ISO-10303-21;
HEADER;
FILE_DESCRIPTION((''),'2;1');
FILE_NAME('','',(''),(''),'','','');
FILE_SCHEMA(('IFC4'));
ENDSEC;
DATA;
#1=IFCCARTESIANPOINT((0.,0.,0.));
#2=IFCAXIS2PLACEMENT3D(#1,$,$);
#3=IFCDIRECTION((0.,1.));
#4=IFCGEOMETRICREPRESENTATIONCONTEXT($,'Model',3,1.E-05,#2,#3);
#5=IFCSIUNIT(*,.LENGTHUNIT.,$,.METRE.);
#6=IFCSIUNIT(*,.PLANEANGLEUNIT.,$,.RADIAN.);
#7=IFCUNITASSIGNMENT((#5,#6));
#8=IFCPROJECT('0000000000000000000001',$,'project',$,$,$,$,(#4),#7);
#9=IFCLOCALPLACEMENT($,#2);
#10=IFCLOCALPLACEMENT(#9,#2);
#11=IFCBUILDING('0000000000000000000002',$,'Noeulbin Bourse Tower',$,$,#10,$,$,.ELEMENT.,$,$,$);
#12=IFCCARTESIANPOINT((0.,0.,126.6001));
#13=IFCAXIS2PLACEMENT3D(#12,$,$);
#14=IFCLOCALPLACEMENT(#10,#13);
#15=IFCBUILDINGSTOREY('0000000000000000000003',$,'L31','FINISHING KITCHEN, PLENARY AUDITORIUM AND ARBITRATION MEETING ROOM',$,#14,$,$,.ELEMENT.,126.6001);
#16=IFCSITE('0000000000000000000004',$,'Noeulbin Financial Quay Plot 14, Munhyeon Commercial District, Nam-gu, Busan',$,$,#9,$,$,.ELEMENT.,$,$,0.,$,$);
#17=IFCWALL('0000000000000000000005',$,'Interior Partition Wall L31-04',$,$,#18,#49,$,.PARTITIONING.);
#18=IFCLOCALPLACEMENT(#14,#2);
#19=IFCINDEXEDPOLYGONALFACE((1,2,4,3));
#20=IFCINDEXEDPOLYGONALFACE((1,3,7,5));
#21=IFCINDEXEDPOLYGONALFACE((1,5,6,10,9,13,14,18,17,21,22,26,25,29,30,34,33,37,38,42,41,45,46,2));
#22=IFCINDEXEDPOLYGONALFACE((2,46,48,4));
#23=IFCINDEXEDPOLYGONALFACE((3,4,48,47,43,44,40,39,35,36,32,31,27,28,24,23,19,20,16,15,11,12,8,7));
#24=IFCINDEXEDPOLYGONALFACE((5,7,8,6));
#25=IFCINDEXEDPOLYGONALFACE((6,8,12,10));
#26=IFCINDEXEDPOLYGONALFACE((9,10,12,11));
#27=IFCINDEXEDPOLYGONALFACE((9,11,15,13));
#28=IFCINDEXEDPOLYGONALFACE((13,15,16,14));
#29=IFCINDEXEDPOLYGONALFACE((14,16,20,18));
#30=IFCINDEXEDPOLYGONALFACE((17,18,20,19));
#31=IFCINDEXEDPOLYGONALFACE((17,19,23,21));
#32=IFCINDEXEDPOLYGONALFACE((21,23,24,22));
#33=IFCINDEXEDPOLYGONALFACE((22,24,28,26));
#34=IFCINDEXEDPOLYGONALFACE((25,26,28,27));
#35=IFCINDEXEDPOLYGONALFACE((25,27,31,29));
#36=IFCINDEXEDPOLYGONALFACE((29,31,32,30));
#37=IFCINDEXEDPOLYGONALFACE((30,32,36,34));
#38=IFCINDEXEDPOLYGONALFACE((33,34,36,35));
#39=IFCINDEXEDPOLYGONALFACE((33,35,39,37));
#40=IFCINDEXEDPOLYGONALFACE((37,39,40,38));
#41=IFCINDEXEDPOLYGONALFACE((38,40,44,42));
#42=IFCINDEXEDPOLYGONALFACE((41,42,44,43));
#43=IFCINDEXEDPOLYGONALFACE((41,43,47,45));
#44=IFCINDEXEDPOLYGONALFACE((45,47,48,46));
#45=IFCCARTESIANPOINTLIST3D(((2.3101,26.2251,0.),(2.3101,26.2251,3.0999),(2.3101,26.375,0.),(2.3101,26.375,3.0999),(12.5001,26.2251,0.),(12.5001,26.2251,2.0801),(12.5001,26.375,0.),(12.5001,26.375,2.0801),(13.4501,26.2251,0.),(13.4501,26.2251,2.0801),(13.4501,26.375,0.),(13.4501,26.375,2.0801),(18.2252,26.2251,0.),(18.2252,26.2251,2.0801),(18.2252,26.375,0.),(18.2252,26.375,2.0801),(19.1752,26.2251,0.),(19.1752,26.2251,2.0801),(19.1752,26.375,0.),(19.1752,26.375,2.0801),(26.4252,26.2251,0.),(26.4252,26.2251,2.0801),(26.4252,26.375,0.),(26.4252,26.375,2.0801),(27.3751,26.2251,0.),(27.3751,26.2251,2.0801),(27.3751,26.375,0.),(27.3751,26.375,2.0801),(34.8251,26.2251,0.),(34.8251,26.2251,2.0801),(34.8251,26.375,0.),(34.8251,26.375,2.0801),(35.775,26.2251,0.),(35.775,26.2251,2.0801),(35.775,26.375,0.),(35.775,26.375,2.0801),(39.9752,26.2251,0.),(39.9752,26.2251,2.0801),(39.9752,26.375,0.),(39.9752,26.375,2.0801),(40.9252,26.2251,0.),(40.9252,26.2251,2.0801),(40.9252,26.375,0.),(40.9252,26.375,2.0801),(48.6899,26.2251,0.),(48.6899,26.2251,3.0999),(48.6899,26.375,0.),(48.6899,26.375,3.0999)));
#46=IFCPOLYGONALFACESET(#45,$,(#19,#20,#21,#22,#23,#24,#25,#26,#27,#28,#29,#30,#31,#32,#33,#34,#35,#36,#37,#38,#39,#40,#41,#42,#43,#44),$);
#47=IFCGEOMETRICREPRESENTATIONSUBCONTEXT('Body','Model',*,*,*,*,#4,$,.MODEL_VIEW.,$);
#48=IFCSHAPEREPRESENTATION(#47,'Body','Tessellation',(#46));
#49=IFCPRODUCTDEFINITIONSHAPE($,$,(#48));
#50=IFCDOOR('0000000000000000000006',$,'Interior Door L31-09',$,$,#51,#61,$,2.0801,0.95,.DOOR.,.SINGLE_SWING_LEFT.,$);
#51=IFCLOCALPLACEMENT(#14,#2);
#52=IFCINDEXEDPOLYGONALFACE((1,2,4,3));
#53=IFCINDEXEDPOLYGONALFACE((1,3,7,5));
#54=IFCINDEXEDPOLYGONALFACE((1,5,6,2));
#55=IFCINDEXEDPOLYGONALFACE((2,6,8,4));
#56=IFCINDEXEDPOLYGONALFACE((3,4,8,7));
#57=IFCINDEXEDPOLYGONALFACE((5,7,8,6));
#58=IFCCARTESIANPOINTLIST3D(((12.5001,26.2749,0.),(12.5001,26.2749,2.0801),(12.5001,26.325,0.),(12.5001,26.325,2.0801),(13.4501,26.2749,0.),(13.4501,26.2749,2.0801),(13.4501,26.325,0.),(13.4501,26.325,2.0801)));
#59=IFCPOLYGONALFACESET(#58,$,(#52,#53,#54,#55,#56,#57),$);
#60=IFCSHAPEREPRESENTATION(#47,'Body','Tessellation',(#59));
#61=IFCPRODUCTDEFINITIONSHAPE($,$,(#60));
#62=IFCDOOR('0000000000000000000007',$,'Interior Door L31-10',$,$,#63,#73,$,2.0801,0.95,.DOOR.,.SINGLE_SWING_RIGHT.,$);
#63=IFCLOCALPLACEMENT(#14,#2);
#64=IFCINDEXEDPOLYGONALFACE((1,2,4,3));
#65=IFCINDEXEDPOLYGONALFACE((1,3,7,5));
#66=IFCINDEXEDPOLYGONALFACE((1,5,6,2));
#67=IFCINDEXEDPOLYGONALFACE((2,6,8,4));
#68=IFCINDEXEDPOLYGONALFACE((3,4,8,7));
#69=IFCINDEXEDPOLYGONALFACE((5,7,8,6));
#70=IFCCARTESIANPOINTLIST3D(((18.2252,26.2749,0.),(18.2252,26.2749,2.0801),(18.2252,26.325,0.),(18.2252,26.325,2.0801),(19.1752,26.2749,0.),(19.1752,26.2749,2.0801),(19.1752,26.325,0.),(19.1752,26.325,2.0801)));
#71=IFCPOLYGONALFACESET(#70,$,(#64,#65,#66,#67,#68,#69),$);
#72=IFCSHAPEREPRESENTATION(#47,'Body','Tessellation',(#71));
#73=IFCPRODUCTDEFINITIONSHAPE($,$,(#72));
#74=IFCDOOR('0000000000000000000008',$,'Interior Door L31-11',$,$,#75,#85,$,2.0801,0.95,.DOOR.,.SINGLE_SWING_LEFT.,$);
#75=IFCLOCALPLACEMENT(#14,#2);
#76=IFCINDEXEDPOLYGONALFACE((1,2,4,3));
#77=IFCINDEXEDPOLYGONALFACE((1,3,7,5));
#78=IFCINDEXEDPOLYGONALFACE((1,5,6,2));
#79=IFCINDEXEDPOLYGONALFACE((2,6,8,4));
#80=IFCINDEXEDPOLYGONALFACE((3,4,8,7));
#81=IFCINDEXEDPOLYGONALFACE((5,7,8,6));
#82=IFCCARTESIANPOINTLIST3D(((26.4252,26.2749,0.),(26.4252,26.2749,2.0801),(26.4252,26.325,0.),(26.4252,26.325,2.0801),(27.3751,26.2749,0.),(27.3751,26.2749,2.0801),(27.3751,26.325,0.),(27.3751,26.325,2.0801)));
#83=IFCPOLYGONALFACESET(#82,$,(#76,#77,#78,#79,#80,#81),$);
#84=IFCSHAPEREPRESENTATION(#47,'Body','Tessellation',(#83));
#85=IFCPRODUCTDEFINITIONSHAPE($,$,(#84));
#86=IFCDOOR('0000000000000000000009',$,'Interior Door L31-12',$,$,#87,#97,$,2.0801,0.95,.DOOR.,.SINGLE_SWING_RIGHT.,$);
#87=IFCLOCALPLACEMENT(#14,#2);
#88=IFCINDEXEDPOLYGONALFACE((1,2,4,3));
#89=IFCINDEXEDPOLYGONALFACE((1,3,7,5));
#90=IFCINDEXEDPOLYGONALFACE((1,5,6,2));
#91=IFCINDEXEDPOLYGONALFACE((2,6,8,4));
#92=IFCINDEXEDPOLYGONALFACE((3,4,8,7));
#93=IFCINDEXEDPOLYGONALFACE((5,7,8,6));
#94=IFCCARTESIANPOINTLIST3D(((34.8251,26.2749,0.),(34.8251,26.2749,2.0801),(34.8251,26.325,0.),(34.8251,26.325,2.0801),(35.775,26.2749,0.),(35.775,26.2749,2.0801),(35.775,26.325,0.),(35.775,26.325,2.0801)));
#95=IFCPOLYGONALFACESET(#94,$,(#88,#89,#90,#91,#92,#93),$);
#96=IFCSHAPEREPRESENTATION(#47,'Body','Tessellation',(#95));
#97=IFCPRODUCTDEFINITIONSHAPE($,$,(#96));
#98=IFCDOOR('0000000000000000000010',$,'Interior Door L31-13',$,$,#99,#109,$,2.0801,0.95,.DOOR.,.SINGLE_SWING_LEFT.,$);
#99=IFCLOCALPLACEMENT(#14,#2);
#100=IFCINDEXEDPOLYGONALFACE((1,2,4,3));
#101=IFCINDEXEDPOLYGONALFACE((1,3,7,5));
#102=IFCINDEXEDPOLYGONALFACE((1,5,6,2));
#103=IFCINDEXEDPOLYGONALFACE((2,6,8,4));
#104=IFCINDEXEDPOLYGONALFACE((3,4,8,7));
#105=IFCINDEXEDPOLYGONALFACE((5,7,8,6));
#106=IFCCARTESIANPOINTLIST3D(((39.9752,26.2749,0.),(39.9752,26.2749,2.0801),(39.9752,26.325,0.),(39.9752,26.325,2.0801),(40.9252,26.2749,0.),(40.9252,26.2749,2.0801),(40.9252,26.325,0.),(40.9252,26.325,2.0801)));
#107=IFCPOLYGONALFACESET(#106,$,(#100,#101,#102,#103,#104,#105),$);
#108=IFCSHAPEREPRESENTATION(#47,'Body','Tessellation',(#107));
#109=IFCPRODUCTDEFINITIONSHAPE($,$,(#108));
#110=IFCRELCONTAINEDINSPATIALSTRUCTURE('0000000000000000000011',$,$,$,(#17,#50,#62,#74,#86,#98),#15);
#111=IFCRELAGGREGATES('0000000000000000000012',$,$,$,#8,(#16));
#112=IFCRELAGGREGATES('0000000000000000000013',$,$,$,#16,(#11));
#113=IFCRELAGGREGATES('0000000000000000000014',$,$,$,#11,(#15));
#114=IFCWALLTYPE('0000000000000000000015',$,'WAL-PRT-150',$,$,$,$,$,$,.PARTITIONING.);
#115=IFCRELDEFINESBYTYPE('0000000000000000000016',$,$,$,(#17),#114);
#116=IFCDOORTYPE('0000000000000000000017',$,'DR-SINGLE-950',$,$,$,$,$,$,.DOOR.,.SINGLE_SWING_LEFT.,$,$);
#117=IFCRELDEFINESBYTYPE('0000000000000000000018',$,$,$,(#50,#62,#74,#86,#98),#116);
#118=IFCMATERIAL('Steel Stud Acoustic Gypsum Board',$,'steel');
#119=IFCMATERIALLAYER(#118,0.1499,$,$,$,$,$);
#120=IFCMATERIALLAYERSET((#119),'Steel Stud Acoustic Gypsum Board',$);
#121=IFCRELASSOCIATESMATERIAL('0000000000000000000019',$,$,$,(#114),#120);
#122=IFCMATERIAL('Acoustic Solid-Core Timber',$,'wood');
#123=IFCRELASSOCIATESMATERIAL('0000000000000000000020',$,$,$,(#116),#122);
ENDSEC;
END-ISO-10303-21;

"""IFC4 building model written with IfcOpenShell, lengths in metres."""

from ifc_helpers import new_model, si_unit, direction, frame, frame_2d, origin, place, context, subcontext, project, spatial, rectangle, extrude, material, layer, layer_set, type_object, element, fill, save


model = new_model("IFC4")

# Units and contexts
model_context = context("Model", 3, precision=1e-05, world=origin(), true_north=direction((0.0, 1.0)))
body_context = subcontext(model_context, "Body", "Model", "MODEL_VIEW")
ifc_project = project(units=[si_unit("LENGTHUNIT", "METRE"), si_unit("PLANEANGLEUNIT", "RADIAN")], contexts=[model_context])

# Site, building, storey
site_placement = place(None, origin())
site = spatial("IfcSite", under=ifc_project, at=site_placement, Name="Noeulbin Financial Quay Plot 14, Munhyeon Commercial District, Nam-gu, Busan", CompositionType="ELEMENT", RefElevation=0.0)
building_placement = place(site_placement, origin())
building = spatial("IfcBuilding", under=site, at=building_placement, Name="Noeulbin Bourse Tower", CompositionType="ELEMENT")
storey_placement = place(building_placement, frame((0.0, 0.0, 126.6001)))
storey = spatial("IfcBuildingStorey", under=building, at=storey_placement, Name="L31", Description="FINISHING KITCHEN, PLENARY AUDITORIUM AND ARBITRATION MEETING ROOM", CompositionType="ELEMENT", Elevation=126.6001)

# Wall, openings, doors
ifc_material_1 = material(Name="Steel Stud Acoustic Gypsum Board", Category="steel")
ifc_layer_1 = layer(ifc_material_1, 0.1499)
ifc_layer_set_1 = layer_set([ifc_layer_1], Name="Steel Stud Acoustic Gypsum Board")
wall_type = type_object("IfcWallType", Name="WAL-PRT-150", PredefinedType="PARTITIONING", material=ifc_layer_set_1)
wall_placement = place(storey_placement, frame((2.3101, 26.3, 0.0), z_axis=(0.0, 0.0, 1.0), x_axis=(1.0, 0.0, 0.0)))
wall = element("IfcWall", 1, at=wall_placement, inside=storey, type_object=wall_type, Name="Interior Partition Wall L31-04", PredefinedType="PARTITIONING", context=body_context, shape_type="SweptSolid", body=[
    extrude(rectangle(XDim=46.3799, YDim=0.1499, at=frame_2d((23.1899, 0.0))), origin(), (0.0, 0.0, 1.0), 3.0999),
])
opening_1_placement = place(wall_placement, frame((10.1899, 0.0, 0.0)))
opening_1 = element("IfcOpeningElement", 2, at=opening_1_placement, cuts=wall, PredefinedType="OPENING", context=body_context, shape_type="SweptSolid", body=[
    extrude(rectangle(XDim=0.95, YDim=2.0801, at=frame_2d((0.4751, 1.04))), frame((0.0, 0.085, 0.0), z_axis=(0.0, -1.0, 0.0), x_axis=(1.0, 0.0, 0.0)), (0.0, 0.0, 1.0), 0.1699),
])
opening_2_placement = place(wall_placement, frame((15.915, 0.0, 0.0)))
opening_2 = element("IfcOpeningElement", 3, at=opening_2_placement, cuts=wall, PredefinedType="OPENING", context=body_context, shape_type="SweptSolid", body=[
    extrude(rectangle(XDim=0.95, YDim=2.0801, at=frame_2d((0.4751, 1.04))), frame((0.0, 0.085, 0.0), z_axis=(0.0, -1.0, 0.0), x_axis=(1.0, 0.0, 0.0)), (0.0, 0.0, 1.0), 0.1699),
])
opening_3_placement = place(wall_placement, frame((24.115, 0.0, 0.0)))
opening_3 = element("IfcOpeningElement", 4, at=opening_3_placement, cuts=wall, PredefinedType="OPENING", context=body_context, shape_type="SweptSolid", body=[
    extrude(rectangle(XDim=0.95, YDim=2.0801, at=frame_2d((0.4751, 1.04))), frame((0.0, 0.085, 0.0), z_axis=(0.0, -1.0, 0.0), x_axis=(1.0, 0.0, 0.0)), (0.0, 0.0, 1.0), 0.1699),
])
opening_4_placement = place(wall_placement, frame((32.5149, 0.0, 0.0)))
opening_4 = element("IfcOpeningElement", 5, at=opening_4_placement, cuts=wall, PredefinedType="OPENING", context=body_context, shape_type="SweptSolid", body=[
    extrude(rectangle(XDim=0.95, YDim=2.0801, at=frame_2d((0.4751, 1.04))), frame((0.0, 0.085, 0.0), z_axis=(0.0, -1.0, 0.0), x_axis=(1.0, 0.0, 0.0)), (0.0, 0.0, 1.0), 0.1699),
])
opening_5_placement = place(wall_placement, frame((37.665, 0.0, 0.0)))
opening_5 = element("IfcOpeningElement", 6, at=opening_5_placement, cuts=wall, PredefinedType="OPENING", context=body_context, shape_type="SweptSolid", body=[
    extrude(rectangle(XDim=0.95, YDim=2.0801, at=frame_2d((0.4751, 1.04))), frame((0.0, 0.085, 0.0), z_axis=(0.0, -1.0, 0.0), x_axis=(1.0, 0.0, 0.0)), (0.0, 0.0, 1.0), 0.1699),
])
ifc_material_2 = material(Name="Acoustic Solid-Core Timber", Category="wood")
door_type = type_object("IfcDoorType", Name="DR-SINGLE-950", OperationType="SINGLE_SWING_LEFT", PredefinedType="DOOR", material=ifc_material_2)
door_1_placement = place(opening_1_placement, origin())
door_1 = element("IfcDoor", 7, at=door_1_placement, inside=storey, type_object=door_type, Name="Interior Door L31-09", OperationType="SINGLE_SWING_LEFT", OverallHeight=2.0801, OverallWidth=0.95, PredefinedType="DOOR", context=body_context, shape_type="SweptSolid", body=[
    extrude(rectangle(XDim=0.95, YDim=2.0801, at=frame_2d((0.4751, 1.04))), frame((0.0, 0.0249, 0.0), z_axis=(0.0, -1.0, 0.0), x_axis=(1.0, 0.0, 0.0)), (0.0, 0.0, 1.0), 0.05),
])
fill(opening_1, door_1)
door_2_placement = place(opening_2_placement, origin())
door_2 = element("IfcDoor", 8, at=door_2_placement, inside=storey, type_object=door_type, Name="Interior Door L31-10", OperationType="SINGLE_SWING_RIGHT", OverallHeight=2.0801, OverallWidth=0.95, PredefinedType="DOOR", context=body_context, shape_type="SweptSolid", body=[
    extrude(rectangle(XDim=0.95, YDim=2.0801, at=frame_2d((0.4751, 1.04))), frame((0.0, 0.0249, 0.0), z_axis=(0.0, -1.0, 0.0), x_axis=(1.0, 0.0, 0.0)), (0.0, 0.0, 1.0), 0.05),
])
fill(opening_2, door_2)
door_3_placement = place(opening_3_placement, origin())
door_3 = element("IfcDoor", 9, at=door_3_placement, inside=storey, type_object=door_type, Name="Interior Door L31-11", OperationType="SINGLE_SWING_LEFT", OverallHeight=2.0801, OverallWidth=0.95, PredefinedType="DOOR", context=body_context, shape_type="SweptSolid", body=[
    extrude(rectangle(XDim=0.95, YDim=2.0801, at=frame_2d((0.4751, 1.04))), frame((0.0, 0.0249, 0.0), z_axis=(0.0, -1.0, 0.0), x_axis=(1.0, 0.0, 0.0)), (0.0, 0.0, 1.0), 0.05),
])
fill(opening_3, door_3)
door_4_placement = place(opening_4_placement, origin())
door_4 = element("IfcDoor", 10, at=door_4_placement, inside=storey, type_object=door_type, Name="Interior Door L31-12", OperationType="SINGLE_SWING_RIGHT", OverallHeight=2.0801, OverallWidth=0.95, PredefinedType="DOOR", context=body_context, shape_type="SweptSolid", body=[
    extrude(rectangle(XDim=0.95, YDim=2.0801, at=frame_2d((0.4751, 1.04))), frame((0.0, 0.0249, 0.0), z_axis=(0.0, -1.0, 0.0), x_axis=(1.0, 0.0, 0.0)), (0.0, 0.0, 1.0), 0.05),
])
fill(opening_4, door_4)
door_5_placement = place(opening_5_placement, origin())
door_5 = element("IfcDoor", 11, at=door_5_placement, inside=storey, type_object=door_type, Name="Interior Door L31-13", OperationType="SINGLE_SWING_LEFT", OverallHeight=2.0801, OverallWidth=0.95, PredefinedType="DOOR", context=body_context, shape_type="SweptSolid", body=[
    extrude(rectangle(XDim=0.95, YDim=2.0801, at=frame_2d((0.4751, 1.04))), frame((0.0, 0.0249, 0.0), z_axis=(0.0, -1.0, 0.0), x_axis=(1.0, 0.0, 0.0)), (0.0, 0.0, 1.0), 0.05),
])
fill(opening_5, door_5)

save(model, "model.ifc")
